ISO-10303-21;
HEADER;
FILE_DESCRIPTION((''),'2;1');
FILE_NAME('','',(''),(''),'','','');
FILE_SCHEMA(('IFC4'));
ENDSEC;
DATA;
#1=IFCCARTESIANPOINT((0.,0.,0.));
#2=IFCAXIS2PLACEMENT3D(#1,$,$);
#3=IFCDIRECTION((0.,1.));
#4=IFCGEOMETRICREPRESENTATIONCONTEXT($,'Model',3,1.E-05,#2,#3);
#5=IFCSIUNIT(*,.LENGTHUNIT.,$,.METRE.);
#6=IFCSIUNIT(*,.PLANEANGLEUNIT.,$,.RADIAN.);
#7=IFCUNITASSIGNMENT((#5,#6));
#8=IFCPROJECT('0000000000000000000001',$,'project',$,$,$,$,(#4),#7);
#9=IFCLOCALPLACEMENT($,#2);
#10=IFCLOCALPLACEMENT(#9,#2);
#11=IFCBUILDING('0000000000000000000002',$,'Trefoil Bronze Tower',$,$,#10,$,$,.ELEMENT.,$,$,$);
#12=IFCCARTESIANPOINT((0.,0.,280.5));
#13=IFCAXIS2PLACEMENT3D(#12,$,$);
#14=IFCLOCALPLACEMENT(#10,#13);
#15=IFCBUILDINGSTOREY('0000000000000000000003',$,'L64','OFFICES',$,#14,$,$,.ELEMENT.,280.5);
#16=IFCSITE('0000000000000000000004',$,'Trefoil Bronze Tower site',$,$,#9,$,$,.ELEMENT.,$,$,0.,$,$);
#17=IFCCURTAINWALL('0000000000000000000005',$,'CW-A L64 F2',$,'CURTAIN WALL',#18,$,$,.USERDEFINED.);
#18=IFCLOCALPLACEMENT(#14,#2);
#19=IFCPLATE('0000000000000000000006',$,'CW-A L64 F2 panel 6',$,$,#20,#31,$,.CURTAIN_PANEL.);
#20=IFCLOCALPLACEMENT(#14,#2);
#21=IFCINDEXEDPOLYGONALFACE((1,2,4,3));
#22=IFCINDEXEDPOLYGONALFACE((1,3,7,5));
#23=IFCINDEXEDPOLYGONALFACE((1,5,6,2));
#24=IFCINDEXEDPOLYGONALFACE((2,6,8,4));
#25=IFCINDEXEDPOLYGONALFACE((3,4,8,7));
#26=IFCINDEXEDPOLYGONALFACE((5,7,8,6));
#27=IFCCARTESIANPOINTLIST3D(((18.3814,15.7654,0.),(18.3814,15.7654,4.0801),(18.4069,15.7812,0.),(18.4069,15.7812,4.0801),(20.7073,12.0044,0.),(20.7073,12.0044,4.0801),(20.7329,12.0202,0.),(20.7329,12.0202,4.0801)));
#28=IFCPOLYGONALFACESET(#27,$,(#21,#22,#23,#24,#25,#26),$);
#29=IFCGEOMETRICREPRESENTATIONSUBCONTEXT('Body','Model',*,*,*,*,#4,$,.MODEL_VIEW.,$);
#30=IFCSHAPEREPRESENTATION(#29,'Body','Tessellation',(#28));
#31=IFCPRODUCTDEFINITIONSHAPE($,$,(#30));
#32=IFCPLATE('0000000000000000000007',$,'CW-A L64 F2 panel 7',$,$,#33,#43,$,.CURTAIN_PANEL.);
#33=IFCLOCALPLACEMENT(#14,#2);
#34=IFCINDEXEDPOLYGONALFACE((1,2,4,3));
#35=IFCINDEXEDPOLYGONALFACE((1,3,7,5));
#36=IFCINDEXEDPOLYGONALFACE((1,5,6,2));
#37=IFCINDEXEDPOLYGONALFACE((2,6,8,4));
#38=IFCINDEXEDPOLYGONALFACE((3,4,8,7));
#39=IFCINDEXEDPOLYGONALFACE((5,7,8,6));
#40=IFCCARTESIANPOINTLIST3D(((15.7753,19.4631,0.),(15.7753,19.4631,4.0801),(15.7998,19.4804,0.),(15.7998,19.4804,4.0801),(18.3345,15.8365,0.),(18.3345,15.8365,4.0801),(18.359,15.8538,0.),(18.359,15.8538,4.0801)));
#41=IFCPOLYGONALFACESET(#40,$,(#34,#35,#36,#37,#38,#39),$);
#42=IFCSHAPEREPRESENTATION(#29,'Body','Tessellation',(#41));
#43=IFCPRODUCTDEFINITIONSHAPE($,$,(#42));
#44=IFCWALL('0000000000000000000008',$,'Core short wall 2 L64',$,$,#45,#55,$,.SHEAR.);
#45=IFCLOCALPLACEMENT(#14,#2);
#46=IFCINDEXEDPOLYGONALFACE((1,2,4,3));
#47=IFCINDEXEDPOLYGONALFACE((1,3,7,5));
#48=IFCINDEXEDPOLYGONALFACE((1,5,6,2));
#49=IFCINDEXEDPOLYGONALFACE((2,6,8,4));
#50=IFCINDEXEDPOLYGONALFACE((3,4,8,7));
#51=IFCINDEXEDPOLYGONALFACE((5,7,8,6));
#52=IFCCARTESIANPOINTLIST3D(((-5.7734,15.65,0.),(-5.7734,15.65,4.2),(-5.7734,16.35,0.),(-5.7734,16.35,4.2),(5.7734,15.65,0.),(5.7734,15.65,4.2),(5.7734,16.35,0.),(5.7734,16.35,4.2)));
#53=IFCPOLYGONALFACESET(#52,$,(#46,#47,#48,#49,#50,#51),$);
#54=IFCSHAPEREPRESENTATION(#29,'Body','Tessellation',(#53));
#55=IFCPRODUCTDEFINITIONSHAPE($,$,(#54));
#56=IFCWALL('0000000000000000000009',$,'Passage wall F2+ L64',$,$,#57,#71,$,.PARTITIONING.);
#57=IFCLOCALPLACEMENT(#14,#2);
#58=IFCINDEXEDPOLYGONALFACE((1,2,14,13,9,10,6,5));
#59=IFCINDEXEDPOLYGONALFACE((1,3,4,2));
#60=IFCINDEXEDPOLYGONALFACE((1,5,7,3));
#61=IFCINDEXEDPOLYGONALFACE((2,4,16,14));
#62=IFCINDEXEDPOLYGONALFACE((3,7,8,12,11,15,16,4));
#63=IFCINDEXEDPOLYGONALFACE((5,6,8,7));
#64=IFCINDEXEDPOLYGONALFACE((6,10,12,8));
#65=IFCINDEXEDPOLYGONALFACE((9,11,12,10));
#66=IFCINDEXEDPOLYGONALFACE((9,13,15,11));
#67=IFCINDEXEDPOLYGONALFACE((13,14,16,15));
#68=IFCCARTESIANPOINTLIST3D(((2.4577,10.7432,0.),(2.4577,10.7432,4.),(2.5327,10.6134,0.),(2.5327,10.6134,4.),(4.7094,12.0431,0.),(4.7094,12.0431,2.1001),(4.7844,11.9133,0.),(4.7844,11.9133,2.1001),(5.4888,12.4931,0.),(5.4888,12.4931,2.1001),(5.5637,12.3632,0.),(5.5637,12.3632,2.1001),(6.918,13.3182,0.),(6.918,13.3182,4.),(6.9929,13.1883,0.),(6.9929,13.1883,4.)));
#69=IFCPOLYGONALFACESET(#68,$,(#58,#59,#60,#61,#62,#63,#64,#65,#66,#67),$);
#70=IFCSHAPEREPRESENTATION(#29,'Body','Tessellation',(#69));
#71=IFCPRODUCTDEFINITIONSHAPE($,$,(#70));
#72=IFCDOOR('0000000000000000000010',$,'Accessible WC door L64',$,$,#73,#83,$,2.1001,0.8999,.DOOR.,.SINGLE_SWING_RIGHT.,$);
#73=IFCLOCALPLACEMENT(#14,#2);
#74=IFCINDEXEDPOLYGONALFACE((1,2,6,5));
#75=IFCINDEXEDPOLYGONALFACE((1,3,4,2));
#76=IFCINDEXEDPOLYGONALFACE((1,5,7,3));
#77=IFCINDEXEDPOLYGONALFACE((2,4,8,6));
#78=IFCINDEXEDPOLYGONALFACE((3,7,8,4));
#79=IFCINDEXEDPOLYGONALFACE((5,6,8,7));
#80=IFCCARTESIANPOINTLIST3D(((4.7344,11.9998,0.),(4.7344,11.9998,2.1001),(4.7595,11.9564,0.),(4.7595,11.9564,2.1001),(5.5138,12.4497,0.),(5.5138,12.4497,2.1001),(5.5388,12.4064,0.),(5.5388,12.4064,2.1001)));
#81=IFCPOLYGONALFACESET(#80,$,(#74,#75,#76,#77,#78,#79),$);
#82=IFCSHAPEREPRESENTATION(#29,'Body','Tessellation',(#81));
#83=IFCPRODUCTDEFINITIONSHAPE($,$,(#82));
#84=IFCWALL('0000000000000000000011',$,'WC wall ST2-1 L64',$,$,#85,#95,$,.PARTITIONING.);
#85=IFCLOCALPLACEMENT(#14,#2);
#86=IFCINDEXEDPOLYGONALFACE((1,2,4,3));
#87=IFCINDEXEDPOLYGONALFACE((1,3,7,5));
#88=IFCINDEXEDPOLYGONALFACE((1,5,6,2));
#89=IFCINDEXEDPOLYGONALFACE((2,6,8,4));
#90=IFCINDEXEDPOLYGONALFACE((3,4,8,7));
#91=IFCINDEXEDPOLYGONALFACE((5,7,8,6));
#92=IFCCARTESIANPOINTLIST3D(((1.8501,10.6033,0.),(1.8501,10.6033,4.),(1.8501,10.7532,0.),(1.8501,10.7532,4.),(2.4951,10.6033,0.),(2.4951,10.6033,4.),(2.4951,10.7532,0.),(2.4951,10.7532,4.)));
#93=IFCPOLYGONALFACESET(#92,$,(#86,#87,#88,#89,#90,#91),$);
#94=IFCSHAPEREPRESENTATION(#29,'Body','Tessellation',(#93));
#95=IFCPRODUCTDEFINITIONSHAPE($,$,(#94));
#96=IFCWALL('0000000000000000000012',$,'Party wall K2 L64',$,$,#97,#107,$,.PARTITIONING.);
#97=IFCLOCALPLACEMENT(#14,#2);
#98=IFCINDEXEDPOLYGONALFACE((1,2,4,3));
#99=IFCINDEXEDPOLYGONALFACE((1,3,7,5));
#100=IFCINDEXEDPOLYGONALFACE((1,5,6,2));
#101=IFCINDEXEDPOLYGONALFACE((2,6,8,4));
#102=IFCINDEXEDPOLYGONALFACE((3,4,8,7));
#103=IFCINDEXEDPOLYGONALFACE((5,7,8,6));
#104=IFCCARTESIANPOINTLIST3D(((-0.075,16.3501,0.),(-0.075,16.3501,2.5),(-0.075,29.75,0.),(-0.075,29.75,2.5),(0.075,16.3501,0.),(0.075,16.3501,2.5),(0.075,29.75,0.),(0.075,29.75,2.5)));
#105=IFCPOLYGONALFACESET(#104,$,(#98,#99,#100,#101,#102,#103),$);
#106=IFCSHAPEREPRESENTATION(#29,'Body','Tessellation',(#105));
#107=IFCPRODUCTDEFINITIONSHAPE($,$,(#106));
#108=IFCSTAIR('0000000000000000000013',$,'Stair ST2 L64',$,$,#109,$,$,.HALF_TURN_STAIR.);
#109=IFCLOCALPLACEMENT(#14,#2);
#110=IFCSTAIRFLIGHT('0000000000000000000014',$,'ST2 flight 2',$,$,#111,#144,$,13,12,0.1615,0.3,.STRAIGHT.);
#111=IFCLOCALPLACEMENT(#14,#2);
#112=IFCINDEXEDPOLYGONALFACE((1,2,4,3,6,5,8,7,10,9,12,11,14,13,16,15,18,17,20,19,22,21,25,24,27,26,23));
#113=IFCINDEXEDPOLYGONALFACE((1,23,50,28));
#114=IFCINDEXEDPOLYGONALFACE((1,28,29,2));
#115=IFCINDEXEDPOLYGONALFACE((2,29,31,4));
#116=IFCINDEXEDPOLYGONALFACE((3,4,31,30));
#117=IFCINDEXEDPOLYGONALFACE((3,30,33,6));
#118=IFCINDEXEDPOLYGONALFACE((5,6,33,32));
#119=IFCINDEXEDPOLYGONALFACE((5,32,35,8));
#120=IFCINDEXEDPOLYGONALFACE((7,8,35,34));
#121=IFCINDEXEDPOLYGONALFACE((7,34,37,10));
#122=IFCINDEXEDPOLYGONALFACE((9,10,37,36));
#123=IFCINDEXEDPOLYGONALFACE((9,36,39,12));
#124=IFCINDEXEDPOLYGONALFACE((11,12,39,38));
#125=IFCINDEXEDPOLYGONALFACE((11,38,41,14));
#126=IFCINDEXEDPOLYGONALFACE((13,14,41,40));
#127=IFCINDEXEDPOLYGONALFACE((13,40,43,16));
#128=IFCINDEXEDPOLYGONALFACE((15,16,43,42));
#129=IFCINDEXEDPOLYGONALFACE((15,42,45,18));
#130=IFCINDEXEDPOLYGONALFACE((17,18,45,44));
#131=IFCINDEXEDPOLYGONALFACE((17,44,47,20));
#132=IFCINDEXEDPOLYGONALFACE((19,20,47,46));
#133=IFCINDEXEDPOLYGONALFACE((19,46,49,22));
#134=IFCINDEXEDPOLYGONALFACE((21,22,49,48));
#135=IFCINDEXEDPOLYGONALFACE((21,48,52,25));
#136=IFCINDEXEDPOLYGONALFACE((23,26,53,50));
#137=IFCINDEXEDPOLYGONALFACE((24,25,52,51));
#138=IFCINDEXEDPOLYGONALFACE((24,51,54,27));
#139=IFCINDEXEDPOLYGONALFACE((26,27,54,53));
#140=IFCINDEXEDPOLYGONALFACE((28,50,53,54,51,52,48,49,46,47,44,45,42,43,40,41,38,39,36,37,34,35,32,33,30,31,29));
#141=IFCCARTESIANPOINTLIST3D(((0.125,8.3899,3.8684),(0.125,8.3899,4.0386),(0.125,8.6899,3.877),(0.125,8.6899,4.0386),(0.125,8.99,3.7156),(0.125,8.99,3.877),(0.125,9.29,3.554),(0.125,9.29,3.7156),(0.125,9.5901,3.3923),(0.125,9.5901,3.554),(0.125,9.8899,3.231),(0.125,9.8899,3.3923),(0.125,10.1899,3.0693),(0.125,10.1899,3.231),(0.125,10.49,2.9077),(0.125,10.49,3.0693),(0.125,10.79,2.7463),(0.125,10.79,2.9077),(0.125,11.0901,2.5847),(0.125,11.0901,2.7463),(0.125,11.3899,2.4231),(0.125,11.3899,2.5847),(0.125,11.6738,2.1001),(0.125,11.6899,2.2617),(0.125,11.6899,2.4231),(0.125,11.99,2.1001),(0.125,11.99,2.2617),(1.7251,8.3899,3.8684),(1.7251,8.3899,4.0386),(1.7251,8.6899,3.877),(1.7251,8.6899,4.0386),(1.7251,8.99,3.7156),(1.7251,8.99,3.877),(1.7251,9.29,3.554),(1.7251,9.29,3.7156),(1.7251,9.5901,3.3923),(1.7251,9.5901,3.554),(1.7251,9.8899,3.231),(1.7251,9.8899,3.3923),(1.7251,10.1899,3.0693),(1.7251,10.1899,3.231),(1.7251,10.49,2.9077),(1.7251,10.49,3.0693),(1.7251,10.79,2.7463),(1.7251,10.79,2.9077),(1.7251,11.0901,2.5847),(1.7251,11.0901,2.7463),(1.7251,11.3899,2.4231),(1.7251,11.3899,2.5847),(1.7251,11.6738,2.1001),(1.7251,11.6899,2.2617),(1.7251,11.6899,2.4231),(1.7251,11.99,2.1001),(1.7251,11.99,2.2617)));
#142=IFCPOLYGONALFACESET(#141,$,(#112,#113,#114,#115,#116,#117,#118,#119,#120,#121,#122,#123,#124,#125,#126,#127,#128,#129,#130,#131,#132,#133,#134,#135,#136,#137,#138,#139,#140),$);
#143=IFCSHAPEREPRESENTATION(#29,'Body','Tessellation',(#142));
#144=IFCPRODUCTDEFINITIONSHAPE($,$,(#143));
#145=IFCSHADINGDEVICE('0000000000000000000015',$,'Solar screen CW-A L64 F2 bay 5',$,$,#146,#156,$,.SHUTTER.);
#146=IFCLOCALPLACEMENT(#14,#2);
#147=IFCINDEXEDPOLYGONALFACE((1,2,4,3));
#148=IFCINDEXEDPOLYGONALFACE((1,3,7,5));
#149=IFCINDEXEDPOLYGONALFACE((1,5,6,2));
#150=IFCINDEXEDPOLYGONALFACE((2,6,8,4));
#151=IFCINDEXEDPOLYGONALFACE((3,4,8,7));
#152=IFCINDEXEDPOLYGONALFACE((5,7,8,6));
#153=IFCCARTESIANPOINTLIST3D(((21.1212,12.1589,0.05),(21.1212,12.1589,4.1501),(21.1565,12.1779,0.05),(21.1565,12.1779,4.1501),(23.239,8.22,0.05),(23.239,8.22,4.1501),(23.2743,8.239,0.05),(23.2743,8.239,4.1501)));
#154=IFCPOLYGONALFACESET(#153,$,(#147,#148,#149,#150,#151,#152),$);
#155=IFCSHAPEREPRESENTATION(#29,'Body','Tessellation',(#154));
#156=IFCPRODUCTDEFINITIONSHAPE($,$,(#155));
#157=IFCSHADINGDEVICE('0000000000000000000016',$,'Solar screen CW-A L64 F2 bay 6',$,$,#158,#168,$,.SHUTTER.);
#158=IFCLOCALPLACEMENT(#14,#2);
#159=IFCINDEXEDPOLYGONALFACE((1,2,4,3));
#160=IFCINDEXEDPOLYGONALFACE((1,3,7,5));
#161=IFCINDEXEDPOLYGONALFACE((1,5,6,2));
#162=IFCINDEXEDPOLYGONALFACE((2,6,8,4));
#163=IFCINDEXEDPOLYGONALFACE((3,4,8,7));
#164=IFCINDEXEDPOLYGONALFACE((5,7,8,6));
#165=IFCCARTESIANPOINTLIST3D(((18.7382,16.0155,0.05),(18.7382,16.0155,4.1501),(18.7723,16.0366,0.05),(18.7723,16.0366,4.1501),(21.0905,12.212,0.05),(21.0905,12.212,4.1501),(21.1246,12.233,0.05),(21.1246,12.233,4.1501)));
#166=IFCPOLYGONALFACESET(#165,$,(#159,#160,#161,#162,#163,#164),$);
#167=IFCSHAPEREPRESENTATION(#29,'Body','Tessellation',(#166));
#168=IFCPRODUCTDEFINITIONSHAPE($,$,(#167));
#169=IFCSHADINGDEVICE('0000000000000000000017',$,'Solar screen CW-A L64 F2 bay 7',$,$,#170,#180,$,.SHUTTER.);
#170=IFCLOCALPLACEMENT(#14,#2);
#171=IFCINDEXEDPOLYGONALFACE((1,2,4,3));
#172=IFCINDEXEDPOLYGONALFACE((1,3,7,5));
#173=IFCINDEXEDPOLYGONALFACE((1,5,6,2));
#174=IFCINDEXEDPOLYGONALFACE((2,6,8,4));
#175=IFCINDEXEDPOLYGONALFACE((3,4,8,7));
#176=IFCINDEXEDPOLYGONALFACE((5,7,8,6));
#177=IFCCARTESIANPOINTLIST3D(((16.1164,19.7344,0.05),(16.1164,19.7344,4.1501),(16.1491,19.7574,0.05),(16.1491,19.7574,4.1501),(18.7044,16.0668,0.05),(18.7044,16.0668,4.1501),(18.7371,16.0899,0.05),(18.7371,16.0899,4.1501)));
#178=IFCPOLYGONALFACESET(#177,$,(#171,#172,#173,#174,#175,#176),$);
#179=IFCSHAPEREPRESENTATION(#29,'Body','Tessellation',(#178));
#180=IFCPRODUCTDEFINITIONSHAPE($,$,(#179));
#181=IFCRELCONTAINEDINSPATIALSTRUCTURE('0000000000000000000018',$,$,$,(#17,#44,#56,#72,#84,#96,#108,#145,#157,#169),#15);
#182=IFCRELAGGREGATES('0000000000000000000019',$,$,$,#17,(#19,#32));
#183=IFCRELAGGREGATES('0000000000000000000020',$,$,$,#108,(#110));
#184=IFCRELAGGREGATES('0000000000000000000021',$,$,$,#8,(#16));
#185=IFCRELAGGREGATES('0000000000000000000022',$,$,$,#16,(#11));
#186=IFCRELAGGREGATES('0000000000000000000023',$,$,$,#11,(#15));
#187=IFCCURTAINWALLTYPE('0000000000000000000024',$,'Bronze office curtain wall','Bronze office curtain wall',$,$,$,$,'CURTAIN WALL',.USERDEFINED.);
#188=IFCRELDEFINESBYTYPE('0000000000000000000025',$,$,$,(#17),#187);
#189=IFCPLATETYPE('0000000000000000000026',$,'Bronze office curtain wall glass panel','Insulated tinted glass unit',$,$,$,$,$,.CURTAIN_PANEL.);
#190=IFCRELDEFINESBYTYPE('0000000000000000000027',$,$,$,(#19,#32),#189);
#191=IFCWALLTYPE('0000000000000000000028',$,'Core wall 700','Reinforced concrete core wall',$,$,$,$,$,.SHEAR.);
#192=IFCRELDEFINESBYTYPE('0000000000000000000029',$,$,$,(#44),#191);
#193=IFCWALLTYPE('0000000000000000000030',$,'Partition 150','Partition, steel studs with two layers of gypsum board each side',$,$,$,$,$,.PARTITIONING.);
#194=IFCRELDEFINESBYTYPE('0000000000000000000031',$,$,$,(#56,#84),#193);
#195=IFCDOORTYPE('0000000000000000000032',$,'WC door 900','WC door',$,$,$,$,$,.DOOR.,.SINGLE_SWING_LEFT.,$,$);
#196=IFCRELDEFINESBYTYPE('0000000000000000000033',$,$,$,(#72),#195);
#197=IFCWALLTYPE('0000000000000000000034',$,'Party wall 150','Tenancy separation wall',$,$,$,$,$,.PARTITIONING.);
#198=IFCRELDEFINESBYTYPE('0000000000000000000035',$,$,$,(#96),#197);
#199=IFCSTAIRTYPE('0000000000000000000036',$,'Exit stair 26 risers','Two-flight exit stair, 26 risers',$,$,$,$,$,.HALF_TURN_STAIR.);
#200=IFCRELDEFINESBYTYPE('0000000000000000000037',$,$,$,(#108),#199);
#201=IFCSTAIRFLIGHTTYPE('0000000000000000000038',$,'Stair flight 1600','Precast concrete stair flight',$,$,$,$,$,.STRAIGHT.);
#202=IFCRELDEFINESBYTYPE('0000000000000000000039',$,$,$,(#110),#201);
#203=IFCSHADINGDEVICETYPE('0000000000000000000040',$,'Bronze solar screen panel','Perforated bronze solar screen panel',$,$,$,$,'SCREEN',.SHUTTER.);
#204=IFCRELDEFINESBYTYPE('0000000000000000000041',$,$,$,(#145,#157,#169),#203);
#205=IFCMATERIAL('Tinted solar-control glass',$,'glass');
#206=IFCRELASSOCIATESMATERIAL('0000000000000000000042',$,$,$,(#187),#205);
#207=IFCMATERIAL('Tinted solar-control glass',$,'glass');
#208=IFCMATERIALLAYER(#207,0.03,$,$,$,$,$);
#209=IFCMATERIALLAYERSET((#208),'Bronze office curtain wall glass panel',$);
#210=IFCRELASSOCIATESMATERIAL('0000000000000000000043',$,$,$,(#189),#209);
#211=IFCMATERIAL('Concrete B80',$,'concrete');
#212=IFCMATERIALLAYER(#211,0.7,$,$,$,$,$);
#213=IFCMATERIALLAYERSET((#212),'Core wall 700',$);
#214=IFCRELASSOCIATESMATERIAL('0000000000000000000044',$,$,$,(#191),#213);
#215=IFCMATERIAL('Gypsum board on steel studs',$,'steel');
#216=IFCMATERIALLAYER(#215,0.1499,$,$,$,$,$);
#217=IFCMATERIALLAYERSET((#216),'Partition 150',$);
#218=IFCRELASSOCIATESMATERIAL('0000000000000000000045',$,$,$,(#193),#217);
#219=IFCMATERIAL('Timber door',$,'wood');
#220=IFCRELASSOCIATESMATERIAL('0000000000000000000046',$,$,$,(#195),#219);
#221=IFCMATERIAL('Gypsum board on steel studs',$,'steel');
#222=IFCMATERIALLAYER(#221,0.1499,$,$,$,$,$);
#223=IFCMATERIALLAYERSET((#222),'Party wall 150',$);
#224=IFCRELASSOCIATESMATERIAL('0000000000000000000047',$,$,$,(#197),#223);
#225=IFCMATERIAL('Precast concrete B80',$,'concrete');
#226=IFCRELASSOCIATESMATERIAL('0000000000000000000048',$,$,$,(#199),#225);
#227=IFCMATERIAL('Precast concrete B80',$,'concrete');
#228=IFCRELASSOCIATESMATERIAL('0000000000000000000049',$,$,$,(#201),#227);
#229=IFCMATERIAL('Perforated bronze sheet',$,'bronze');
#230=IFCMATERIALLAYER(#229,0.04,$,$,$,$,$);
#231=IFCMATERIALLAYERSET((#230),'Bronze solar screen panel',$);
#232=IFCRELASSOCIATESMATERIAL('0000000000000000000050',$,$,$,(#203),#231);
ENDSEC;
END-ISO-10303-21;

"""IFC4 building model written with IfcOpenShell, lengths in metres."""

from ifc_helpers import new_model, si_unit, direction, frame, frame_2d, origin, origin_2d, place, context, subcontext, project, spatial, polyline, rectangle, outline, extrude, material, layer, layer_set, type_object, element, fill, aggregate, save


model = new_model("IFC4")

# Units and contexts
model_context = context("Model", 3, precision=1e-05, world=origin(), true_north=direction((0.0, 1.0)))
body_context = subcontext(model_context, "Body", "Model", "MODEL_VIEW")
ifc_project = project(units=[si_unit("LENGTHUNIT", "METRE"), si_unit("PLANEANGLEUNIT", "RADIAN")], contexts=[model_context])

# Site, building, storey
site_placement = place(None, origin())
site = spatial("IfcSite", under=ifc_project, at=site_placement, Name="Trefoil Bronze Tower site", CompositionType="ELEMENT", RefElevation=0.0)
building_placement = place(site_placement, origin())
building = spatial("IfcBuilding", under=site, at=building_placement, Name="Trefoil Bronze Tower", CompositionType="ELEMENT")
storey_placement = place(building_placement, frame((0.0, 0.0, 280.5)))
storey = spatial("IfcBuildingStorey", under=building, at=storey_placement, Name="L64", Description="OFFICES", CompositionType="ELEMENT", Elevation=280.5)

# Curtain wall
ifc_material_1 = material(Name="Tinted solar-control glass", Category="glass")
curtain_wall_type = type_object("IfcCurtainWallType", Name="Bronze office curtain wall", Description="Bronze office curtain wall", ElementType="CURTAIN WALL", PredefinedType="USERDEFINED", material=ifc_material_1)
curtain_wall_placement = place(storey_placement, origin())
curtain_wall = element("IfcCurtainWall", 1, at=curtain_wall_placement, inside=storey, type_object=curtain_wall_type, Name="CW-A L64 F2", ObjectType="CURTAIN WALL", PredefinedType="USERDEFINED")

# Plates
ifc_material_2 = material(Name="Tinted solar-control glass", Category="glass")
ifc_layer_1 = layer(ifc_material_2, 0.03)
ifc_layer_set_1 = layer_set([ifc_layer_1], Name="Bronze office curtain wall glass panel")
plate_type = type_object("IfcPlateType", Name="Bronze office curtain wall glass panel", Description="Insulated tinted glass unit", PredefinedType="CURTAIN_PANEL", material=ifc_layer_set_1)
plate_1_placement = place(storey_placement, frame((19.5571, 13.8928, 0.0), z_axis=(0.0, 0.0, 1.0), x_axis=(-0.52598, 0.850497, 0.0)))
plate_1 = element("IfcPlate", 2, at=plate_1_placement, type_object=plate_type, Name="CW-A L64 F2 panel 6", PredefinedType="CURTAIN_PANEL", context=body_context, shape_type="SweptSolid", body=[
    extrude(rectangle(XDim=4.4221, YDim=0.03, at=origin_2d()), origin(), (0.0, 0.0, 1.0), 4.0801),
])
plate_2_placement = place(storey_placement, frame((17.0671, 17.6584, 0.0), z_axis=(0.0, 0.0, 1.0), x_axis=(-0.576561, 0.817054, 0.0)))
plate_2 = element("IfcPlate", 3, at=plate_2_placement, type_object=plate_type, Name="CW-A L64 F2 panel 7", PredefinedType="CURTAIN_PANEL", context=body_context, shape_type="SweptSolid", body=[
    extrude(rectangle(XDim=4.4387, YDim=0.03, at=origin_2d()), origin(), (0.0, 0.0, 1.0), 4.0801),
])
aggregate(curtain_wall, [plate_1, plate_2])

# Wall
ifc_material_3 = material(Name="Concrete B80", Category="concrete")
ifc_layer_2 = layer(ifc_material_3, 0.7)
ifc_layer_set_2 = layer_set([ifc_layer_2], Name="Core wall 700")
wall_type_1 = type_object("IfcWallType", Name="Core wall 700", Description="Reinforced concrete core wall", PredefinedType="SHEAR", material=ifc_layer_set_2)
wall_1_placement = place(storey_placement, frame((5.7734, 16.0, 0.0), z_axis=(0.0, 0.0, 1.0), x_axis=(-1.0, 0.0, 0.0)))
element("IfcWall", 4, at=wall_1_placement, inside=storey, type_object=wall_type_1, Name="Core short wall 2 L64", PredefinedType="SHEAR", context=body_context, shape_type="SweptSolid", body=[
    extrude(rectangle(XDim=11.5469, YDim=0.7, at=frame_2d((5.7734, 0.0))), origin(), (0.0, 0.0, 1.0), 4.2),
])

# Wall, opening, door
ifc_material_4 = material(Name="Gypsum board on steel studs", Category="steel")
ifc_layer_3 = layer(ifc_material_4, 0.1499)
ifc_layer_set_3 = layer_set([ifc_layer_3], Name="Partition 150")
wall_type_2 = type_object("IfcWallType", Name="Partition 150", Description="Partition, steel studs with two layers of gypsum board each side", PredefinedType="PARTITIONING", material=ifc_layer_set_3)
wall_2_placement = place(storey_placement, frame((2.4951, 10.6782, 0.0), z_axis=(0.0, 0.0, 1.0), x_axis=(0.866038, 0.499978, 0.0)))
wall_2 = element("IfcWall", 5, at=wall_2_placement, inside=storey, type_object=wall_type_2, Name="Passage wall F2+ L64", PredefinedType="PARTITIONING", context=body_context, shape_type="SweptSolid", body=[
    extrude(rectangle(XDim=5.1501, YDim=0.1499, at=frame_2d((2.5752, 0.0))), origin(), (0.0, 0.0, 1.0), 4.0),
])
opening_placement = place(wall_2_placement, frame((2.6001, 0.0, 0.0)))
opening = element("IfcOpeningElement", 6, at=opening_placement, cuts=wall_2, PredefinedType="OPENING", context=body_context, shape_type="SweptSolid", body=[
    extrude(rectangle(XDim=0.8999, YDim=2.1001, at=frame_2d((0.45, 1.05))), frame((0.0, 0.085, 0.0), z_axis=(0.0, -1.0, 0.0), x_axis=(1.0, 0.0, 0.0)), (0.0, 0.0, 1.0), 0.1699),
])
ifc_material_5 = material(Name="Timber door", Category="wood")
door_type = type_object("IfcDoorType", Name="WC door 900", Description="WC door", OperationType="SINGLE_SWING_LEFT", PredefinedType="DOOR", material=ifc_material_5)
door_placement = place(opening_placement, origin())
door = element("IfcDoor", 7, at=door_placement, inside=storey, type_object=door_type, Name="Accessible WC door L64", OperationType="SINGLE_SWING_RIGHT", OverallHeight=2.1001, OverallWidth=0.8999, PredefinedType="DOOR", context=body_context, shape_type="SweptSolid", body=[
    extrude(rectangle(XDim=0.8999, YDim=2.1001, at=frame_2d((0.45, 1.05))), frame((0.0, 0.0249, 0.0), z_axis=(0.0, -1.0, 0.0), x_axis=(1.0, 0.0, 0.0)), (0.0, 0.0, 1.0), 0.05),
])
fill(opening, door)

# Walls
wall_3_placement = place(storey_placement, frame((2.4951, 10.6782, 0.0), z_axis=(0.0, 0.0, 1.0), x_axis=(-1.0, 0.0, 0.0)))
element("IfcWall", 8, at=wall_3_placement, inside=storey, type_object=wall_type_2, Name="WC wall ST2-1 L64", PredefinedType="PARTITIONING", context=body_context, shape_type="SweptSolid", body=[
    extrude(rectangle(XDim=0.645, YDim=0.1499, at=frame_2d((0.3225, 0.0))), origin(), (0.0, 0.0, 1.0), 4.0),
])
ifc_material_6 = material(Name="Gypsum board on steel studs", Category="steel")
ifc_layer_4 = layer(ifc_material_6, 0.1499)
ifc_layer_set_4 = layer_set([ifc_layer_4], Name="Party wall 150")
wall_type_3 = type_object("IfcWallType", Name="Party wall 150", Description="Tenancy separation wall", PredefinedType="PARTITIONING", material=ifc_layer_set_4)
wall_4_placement = place(storey_placement, frame((0.0, 16.3501, 0.0), z_axis=(0.0, 0.0, 1.0), x_axis=(0.0, 1.0, 0.0)))
element("IfcWall", 9, at=wall_4_placement, inside=storey, type_object=wall_type_3, Name="Party wall K2 L64", PredefinedType="PARTITIONING", context=body_context, shape_type="SweptSolid", body=[
    extrude(rectangle(XDim=13.3999, YDim=0.1499, at=frame_2d((6.7, 0.0))), origin(), (0.0, 0.0, 1.0), 2.5),
])

# Stair, stair flight
ifc_material_7 = material(Name="Precast concrete B80", Category="concrete")
stair_type = type_object("IfcStairType", Name="Exit stair 26 risers", Description="Two-flight exit stair, 26 risers", PredefinedType="HALF_TURN_STAIR", material=ifc_material_7)
stair_placement = place(storey_placement, origin())
stair = element("IfcStair", 10, at=stair_placement, inside=storey, type_object=stair_type, Name="Stair ST2 L64", PredefinedType="HALF_TURN_STAIR")
ifc_material_8 = material(Name="Precast concrete B80", Category="concrete")
stair_flight_type = type_object("IfcStairFlightType", Name="Stair flight 1600", Description="Precast concrete stair flight", PredefinedType="STRAIGHT", material=ifc_material_8)
stair_flight_placement = place(storey_placement, frame((0.925, 11.99, 2.1001), z_axis=(0.0, 0.0, 1.0), x_axis=(0.0, -1.0, 0.0)))
stair_flight = element("IfcStairFlight", 11, at=stair_flight_placement, type_object=stair_flight_type, Name="ST2 flight 2", NumberOfRisers=13, NumberOfTreads=12, PredefinedType="STRAIGHT", RiserHeight=0.1615, TreadLength=0.3, context=body_context, shape_type="SweptSolid", body=[
    extrude(outline(polyline([(0.0, 0.0), (0.0, 0.1616), (0.3, 0.1616), (0.3, 0.323), (0.6001, 0.323), (0.6001, 0.4846), (0.8999, 0.4846), (0.8999, 0.6462), (1.2, 0.6462), (1.2, 0.8076), (1.5, 0.8076), (1.5, 0.9692), (1.8, 0.9692), (1.8, 1.1309), (2.1001, 1.1309), (2.1001, 1.2922), (2.3999, 1.2922), (2.3999, 1.4539), (2.7, 1.4539), (2.7, 1.6155), (3.0, 1.6155), (3.0, 1.7769), (3.3, 1.7769), (3.3, 1.9385), (3.6001, 1.9385), (3.6001, 2.1001), (3.6001, 1.7683), (0.3162, 0.0), (0.0, 0.0)])), frame((0.0, 0.8, 0.0), z_axis=(0.0, -1.0, 0.0), x_axis=(1.0, 0.0, 0.0)), (0.0, 0.0, 1.0), 1.6001),
])
aggregate(stair, [stair_flight])

# Shading devices
ifc_material_9 = material(Name="Perforated bronze sheet", Category="bronze")
ifc_layer_5 = layer(ifc_material_9, 0.04)
ifc_layer_set_5 = layer_set([ifc_layer_5], Name="Bronze solar screen panel")
shading_device_type = type_object("IfcShadingDeviceType", Name="Bronze solar screen panel", Description="Perforated bronze solar screen panel", ElementType="SCREEN", PredefinedType="SHUTTER", material=ifc_layer_set_5)
for number, where, z_axis, x_axis, name in (
    (12, (22.1978, 10.199, 0.05), (0.0, 0.0, 1.0), (-0.473562, 0.88076, 0.0), "Solar screen CW-A L64 F2 bay 5"),
    (13, (19.9314, 14.1243, 0.05), (0.0, 0.0, 1.0), (-0.52598, 0.850497, 0.0), "Solar screen CW-A L64 F2 bay 6"),
):
    element("IfcShadingDevice", number, at=place(storey_placement, frame(where, z_axis=z_axis, x_axis=x_axis)), inside=storey, type_object=shading_device_type, Name=name, PredefinedType="SHUTTER", context=body_context, shape_type="SweptSolid", body=[
        extrude(rectangle(XDim=4.4722, YDim=0.04, at=origin_2d()), origin(), (0.0, 0.0, 1.0), 4.1001),
    ])
shading_device_placement = place(storey_placement, frame((17.4268, 17.9121, 0.05), z_axis=(0.0, 0.0, 1.0), x_axis=(-0.576561, 0.817054, 0.0)))
element("IfcShadingDevice", 14, at=shading_device_placement, inside=storey, type_object=shading_device_type, Name="Solar screen CW-A L64 F2 bay 7", PredefinedType="SHUTTER", context=body_context, shape_type="SweptSolid", body=[
    extrude(rectangle(XDim=4.4888, YDim=0.04, at=origin_2d()), origin(), (0.0, 0.0, 1.0), 4.1001),
])

save(model, "model.ifc")
